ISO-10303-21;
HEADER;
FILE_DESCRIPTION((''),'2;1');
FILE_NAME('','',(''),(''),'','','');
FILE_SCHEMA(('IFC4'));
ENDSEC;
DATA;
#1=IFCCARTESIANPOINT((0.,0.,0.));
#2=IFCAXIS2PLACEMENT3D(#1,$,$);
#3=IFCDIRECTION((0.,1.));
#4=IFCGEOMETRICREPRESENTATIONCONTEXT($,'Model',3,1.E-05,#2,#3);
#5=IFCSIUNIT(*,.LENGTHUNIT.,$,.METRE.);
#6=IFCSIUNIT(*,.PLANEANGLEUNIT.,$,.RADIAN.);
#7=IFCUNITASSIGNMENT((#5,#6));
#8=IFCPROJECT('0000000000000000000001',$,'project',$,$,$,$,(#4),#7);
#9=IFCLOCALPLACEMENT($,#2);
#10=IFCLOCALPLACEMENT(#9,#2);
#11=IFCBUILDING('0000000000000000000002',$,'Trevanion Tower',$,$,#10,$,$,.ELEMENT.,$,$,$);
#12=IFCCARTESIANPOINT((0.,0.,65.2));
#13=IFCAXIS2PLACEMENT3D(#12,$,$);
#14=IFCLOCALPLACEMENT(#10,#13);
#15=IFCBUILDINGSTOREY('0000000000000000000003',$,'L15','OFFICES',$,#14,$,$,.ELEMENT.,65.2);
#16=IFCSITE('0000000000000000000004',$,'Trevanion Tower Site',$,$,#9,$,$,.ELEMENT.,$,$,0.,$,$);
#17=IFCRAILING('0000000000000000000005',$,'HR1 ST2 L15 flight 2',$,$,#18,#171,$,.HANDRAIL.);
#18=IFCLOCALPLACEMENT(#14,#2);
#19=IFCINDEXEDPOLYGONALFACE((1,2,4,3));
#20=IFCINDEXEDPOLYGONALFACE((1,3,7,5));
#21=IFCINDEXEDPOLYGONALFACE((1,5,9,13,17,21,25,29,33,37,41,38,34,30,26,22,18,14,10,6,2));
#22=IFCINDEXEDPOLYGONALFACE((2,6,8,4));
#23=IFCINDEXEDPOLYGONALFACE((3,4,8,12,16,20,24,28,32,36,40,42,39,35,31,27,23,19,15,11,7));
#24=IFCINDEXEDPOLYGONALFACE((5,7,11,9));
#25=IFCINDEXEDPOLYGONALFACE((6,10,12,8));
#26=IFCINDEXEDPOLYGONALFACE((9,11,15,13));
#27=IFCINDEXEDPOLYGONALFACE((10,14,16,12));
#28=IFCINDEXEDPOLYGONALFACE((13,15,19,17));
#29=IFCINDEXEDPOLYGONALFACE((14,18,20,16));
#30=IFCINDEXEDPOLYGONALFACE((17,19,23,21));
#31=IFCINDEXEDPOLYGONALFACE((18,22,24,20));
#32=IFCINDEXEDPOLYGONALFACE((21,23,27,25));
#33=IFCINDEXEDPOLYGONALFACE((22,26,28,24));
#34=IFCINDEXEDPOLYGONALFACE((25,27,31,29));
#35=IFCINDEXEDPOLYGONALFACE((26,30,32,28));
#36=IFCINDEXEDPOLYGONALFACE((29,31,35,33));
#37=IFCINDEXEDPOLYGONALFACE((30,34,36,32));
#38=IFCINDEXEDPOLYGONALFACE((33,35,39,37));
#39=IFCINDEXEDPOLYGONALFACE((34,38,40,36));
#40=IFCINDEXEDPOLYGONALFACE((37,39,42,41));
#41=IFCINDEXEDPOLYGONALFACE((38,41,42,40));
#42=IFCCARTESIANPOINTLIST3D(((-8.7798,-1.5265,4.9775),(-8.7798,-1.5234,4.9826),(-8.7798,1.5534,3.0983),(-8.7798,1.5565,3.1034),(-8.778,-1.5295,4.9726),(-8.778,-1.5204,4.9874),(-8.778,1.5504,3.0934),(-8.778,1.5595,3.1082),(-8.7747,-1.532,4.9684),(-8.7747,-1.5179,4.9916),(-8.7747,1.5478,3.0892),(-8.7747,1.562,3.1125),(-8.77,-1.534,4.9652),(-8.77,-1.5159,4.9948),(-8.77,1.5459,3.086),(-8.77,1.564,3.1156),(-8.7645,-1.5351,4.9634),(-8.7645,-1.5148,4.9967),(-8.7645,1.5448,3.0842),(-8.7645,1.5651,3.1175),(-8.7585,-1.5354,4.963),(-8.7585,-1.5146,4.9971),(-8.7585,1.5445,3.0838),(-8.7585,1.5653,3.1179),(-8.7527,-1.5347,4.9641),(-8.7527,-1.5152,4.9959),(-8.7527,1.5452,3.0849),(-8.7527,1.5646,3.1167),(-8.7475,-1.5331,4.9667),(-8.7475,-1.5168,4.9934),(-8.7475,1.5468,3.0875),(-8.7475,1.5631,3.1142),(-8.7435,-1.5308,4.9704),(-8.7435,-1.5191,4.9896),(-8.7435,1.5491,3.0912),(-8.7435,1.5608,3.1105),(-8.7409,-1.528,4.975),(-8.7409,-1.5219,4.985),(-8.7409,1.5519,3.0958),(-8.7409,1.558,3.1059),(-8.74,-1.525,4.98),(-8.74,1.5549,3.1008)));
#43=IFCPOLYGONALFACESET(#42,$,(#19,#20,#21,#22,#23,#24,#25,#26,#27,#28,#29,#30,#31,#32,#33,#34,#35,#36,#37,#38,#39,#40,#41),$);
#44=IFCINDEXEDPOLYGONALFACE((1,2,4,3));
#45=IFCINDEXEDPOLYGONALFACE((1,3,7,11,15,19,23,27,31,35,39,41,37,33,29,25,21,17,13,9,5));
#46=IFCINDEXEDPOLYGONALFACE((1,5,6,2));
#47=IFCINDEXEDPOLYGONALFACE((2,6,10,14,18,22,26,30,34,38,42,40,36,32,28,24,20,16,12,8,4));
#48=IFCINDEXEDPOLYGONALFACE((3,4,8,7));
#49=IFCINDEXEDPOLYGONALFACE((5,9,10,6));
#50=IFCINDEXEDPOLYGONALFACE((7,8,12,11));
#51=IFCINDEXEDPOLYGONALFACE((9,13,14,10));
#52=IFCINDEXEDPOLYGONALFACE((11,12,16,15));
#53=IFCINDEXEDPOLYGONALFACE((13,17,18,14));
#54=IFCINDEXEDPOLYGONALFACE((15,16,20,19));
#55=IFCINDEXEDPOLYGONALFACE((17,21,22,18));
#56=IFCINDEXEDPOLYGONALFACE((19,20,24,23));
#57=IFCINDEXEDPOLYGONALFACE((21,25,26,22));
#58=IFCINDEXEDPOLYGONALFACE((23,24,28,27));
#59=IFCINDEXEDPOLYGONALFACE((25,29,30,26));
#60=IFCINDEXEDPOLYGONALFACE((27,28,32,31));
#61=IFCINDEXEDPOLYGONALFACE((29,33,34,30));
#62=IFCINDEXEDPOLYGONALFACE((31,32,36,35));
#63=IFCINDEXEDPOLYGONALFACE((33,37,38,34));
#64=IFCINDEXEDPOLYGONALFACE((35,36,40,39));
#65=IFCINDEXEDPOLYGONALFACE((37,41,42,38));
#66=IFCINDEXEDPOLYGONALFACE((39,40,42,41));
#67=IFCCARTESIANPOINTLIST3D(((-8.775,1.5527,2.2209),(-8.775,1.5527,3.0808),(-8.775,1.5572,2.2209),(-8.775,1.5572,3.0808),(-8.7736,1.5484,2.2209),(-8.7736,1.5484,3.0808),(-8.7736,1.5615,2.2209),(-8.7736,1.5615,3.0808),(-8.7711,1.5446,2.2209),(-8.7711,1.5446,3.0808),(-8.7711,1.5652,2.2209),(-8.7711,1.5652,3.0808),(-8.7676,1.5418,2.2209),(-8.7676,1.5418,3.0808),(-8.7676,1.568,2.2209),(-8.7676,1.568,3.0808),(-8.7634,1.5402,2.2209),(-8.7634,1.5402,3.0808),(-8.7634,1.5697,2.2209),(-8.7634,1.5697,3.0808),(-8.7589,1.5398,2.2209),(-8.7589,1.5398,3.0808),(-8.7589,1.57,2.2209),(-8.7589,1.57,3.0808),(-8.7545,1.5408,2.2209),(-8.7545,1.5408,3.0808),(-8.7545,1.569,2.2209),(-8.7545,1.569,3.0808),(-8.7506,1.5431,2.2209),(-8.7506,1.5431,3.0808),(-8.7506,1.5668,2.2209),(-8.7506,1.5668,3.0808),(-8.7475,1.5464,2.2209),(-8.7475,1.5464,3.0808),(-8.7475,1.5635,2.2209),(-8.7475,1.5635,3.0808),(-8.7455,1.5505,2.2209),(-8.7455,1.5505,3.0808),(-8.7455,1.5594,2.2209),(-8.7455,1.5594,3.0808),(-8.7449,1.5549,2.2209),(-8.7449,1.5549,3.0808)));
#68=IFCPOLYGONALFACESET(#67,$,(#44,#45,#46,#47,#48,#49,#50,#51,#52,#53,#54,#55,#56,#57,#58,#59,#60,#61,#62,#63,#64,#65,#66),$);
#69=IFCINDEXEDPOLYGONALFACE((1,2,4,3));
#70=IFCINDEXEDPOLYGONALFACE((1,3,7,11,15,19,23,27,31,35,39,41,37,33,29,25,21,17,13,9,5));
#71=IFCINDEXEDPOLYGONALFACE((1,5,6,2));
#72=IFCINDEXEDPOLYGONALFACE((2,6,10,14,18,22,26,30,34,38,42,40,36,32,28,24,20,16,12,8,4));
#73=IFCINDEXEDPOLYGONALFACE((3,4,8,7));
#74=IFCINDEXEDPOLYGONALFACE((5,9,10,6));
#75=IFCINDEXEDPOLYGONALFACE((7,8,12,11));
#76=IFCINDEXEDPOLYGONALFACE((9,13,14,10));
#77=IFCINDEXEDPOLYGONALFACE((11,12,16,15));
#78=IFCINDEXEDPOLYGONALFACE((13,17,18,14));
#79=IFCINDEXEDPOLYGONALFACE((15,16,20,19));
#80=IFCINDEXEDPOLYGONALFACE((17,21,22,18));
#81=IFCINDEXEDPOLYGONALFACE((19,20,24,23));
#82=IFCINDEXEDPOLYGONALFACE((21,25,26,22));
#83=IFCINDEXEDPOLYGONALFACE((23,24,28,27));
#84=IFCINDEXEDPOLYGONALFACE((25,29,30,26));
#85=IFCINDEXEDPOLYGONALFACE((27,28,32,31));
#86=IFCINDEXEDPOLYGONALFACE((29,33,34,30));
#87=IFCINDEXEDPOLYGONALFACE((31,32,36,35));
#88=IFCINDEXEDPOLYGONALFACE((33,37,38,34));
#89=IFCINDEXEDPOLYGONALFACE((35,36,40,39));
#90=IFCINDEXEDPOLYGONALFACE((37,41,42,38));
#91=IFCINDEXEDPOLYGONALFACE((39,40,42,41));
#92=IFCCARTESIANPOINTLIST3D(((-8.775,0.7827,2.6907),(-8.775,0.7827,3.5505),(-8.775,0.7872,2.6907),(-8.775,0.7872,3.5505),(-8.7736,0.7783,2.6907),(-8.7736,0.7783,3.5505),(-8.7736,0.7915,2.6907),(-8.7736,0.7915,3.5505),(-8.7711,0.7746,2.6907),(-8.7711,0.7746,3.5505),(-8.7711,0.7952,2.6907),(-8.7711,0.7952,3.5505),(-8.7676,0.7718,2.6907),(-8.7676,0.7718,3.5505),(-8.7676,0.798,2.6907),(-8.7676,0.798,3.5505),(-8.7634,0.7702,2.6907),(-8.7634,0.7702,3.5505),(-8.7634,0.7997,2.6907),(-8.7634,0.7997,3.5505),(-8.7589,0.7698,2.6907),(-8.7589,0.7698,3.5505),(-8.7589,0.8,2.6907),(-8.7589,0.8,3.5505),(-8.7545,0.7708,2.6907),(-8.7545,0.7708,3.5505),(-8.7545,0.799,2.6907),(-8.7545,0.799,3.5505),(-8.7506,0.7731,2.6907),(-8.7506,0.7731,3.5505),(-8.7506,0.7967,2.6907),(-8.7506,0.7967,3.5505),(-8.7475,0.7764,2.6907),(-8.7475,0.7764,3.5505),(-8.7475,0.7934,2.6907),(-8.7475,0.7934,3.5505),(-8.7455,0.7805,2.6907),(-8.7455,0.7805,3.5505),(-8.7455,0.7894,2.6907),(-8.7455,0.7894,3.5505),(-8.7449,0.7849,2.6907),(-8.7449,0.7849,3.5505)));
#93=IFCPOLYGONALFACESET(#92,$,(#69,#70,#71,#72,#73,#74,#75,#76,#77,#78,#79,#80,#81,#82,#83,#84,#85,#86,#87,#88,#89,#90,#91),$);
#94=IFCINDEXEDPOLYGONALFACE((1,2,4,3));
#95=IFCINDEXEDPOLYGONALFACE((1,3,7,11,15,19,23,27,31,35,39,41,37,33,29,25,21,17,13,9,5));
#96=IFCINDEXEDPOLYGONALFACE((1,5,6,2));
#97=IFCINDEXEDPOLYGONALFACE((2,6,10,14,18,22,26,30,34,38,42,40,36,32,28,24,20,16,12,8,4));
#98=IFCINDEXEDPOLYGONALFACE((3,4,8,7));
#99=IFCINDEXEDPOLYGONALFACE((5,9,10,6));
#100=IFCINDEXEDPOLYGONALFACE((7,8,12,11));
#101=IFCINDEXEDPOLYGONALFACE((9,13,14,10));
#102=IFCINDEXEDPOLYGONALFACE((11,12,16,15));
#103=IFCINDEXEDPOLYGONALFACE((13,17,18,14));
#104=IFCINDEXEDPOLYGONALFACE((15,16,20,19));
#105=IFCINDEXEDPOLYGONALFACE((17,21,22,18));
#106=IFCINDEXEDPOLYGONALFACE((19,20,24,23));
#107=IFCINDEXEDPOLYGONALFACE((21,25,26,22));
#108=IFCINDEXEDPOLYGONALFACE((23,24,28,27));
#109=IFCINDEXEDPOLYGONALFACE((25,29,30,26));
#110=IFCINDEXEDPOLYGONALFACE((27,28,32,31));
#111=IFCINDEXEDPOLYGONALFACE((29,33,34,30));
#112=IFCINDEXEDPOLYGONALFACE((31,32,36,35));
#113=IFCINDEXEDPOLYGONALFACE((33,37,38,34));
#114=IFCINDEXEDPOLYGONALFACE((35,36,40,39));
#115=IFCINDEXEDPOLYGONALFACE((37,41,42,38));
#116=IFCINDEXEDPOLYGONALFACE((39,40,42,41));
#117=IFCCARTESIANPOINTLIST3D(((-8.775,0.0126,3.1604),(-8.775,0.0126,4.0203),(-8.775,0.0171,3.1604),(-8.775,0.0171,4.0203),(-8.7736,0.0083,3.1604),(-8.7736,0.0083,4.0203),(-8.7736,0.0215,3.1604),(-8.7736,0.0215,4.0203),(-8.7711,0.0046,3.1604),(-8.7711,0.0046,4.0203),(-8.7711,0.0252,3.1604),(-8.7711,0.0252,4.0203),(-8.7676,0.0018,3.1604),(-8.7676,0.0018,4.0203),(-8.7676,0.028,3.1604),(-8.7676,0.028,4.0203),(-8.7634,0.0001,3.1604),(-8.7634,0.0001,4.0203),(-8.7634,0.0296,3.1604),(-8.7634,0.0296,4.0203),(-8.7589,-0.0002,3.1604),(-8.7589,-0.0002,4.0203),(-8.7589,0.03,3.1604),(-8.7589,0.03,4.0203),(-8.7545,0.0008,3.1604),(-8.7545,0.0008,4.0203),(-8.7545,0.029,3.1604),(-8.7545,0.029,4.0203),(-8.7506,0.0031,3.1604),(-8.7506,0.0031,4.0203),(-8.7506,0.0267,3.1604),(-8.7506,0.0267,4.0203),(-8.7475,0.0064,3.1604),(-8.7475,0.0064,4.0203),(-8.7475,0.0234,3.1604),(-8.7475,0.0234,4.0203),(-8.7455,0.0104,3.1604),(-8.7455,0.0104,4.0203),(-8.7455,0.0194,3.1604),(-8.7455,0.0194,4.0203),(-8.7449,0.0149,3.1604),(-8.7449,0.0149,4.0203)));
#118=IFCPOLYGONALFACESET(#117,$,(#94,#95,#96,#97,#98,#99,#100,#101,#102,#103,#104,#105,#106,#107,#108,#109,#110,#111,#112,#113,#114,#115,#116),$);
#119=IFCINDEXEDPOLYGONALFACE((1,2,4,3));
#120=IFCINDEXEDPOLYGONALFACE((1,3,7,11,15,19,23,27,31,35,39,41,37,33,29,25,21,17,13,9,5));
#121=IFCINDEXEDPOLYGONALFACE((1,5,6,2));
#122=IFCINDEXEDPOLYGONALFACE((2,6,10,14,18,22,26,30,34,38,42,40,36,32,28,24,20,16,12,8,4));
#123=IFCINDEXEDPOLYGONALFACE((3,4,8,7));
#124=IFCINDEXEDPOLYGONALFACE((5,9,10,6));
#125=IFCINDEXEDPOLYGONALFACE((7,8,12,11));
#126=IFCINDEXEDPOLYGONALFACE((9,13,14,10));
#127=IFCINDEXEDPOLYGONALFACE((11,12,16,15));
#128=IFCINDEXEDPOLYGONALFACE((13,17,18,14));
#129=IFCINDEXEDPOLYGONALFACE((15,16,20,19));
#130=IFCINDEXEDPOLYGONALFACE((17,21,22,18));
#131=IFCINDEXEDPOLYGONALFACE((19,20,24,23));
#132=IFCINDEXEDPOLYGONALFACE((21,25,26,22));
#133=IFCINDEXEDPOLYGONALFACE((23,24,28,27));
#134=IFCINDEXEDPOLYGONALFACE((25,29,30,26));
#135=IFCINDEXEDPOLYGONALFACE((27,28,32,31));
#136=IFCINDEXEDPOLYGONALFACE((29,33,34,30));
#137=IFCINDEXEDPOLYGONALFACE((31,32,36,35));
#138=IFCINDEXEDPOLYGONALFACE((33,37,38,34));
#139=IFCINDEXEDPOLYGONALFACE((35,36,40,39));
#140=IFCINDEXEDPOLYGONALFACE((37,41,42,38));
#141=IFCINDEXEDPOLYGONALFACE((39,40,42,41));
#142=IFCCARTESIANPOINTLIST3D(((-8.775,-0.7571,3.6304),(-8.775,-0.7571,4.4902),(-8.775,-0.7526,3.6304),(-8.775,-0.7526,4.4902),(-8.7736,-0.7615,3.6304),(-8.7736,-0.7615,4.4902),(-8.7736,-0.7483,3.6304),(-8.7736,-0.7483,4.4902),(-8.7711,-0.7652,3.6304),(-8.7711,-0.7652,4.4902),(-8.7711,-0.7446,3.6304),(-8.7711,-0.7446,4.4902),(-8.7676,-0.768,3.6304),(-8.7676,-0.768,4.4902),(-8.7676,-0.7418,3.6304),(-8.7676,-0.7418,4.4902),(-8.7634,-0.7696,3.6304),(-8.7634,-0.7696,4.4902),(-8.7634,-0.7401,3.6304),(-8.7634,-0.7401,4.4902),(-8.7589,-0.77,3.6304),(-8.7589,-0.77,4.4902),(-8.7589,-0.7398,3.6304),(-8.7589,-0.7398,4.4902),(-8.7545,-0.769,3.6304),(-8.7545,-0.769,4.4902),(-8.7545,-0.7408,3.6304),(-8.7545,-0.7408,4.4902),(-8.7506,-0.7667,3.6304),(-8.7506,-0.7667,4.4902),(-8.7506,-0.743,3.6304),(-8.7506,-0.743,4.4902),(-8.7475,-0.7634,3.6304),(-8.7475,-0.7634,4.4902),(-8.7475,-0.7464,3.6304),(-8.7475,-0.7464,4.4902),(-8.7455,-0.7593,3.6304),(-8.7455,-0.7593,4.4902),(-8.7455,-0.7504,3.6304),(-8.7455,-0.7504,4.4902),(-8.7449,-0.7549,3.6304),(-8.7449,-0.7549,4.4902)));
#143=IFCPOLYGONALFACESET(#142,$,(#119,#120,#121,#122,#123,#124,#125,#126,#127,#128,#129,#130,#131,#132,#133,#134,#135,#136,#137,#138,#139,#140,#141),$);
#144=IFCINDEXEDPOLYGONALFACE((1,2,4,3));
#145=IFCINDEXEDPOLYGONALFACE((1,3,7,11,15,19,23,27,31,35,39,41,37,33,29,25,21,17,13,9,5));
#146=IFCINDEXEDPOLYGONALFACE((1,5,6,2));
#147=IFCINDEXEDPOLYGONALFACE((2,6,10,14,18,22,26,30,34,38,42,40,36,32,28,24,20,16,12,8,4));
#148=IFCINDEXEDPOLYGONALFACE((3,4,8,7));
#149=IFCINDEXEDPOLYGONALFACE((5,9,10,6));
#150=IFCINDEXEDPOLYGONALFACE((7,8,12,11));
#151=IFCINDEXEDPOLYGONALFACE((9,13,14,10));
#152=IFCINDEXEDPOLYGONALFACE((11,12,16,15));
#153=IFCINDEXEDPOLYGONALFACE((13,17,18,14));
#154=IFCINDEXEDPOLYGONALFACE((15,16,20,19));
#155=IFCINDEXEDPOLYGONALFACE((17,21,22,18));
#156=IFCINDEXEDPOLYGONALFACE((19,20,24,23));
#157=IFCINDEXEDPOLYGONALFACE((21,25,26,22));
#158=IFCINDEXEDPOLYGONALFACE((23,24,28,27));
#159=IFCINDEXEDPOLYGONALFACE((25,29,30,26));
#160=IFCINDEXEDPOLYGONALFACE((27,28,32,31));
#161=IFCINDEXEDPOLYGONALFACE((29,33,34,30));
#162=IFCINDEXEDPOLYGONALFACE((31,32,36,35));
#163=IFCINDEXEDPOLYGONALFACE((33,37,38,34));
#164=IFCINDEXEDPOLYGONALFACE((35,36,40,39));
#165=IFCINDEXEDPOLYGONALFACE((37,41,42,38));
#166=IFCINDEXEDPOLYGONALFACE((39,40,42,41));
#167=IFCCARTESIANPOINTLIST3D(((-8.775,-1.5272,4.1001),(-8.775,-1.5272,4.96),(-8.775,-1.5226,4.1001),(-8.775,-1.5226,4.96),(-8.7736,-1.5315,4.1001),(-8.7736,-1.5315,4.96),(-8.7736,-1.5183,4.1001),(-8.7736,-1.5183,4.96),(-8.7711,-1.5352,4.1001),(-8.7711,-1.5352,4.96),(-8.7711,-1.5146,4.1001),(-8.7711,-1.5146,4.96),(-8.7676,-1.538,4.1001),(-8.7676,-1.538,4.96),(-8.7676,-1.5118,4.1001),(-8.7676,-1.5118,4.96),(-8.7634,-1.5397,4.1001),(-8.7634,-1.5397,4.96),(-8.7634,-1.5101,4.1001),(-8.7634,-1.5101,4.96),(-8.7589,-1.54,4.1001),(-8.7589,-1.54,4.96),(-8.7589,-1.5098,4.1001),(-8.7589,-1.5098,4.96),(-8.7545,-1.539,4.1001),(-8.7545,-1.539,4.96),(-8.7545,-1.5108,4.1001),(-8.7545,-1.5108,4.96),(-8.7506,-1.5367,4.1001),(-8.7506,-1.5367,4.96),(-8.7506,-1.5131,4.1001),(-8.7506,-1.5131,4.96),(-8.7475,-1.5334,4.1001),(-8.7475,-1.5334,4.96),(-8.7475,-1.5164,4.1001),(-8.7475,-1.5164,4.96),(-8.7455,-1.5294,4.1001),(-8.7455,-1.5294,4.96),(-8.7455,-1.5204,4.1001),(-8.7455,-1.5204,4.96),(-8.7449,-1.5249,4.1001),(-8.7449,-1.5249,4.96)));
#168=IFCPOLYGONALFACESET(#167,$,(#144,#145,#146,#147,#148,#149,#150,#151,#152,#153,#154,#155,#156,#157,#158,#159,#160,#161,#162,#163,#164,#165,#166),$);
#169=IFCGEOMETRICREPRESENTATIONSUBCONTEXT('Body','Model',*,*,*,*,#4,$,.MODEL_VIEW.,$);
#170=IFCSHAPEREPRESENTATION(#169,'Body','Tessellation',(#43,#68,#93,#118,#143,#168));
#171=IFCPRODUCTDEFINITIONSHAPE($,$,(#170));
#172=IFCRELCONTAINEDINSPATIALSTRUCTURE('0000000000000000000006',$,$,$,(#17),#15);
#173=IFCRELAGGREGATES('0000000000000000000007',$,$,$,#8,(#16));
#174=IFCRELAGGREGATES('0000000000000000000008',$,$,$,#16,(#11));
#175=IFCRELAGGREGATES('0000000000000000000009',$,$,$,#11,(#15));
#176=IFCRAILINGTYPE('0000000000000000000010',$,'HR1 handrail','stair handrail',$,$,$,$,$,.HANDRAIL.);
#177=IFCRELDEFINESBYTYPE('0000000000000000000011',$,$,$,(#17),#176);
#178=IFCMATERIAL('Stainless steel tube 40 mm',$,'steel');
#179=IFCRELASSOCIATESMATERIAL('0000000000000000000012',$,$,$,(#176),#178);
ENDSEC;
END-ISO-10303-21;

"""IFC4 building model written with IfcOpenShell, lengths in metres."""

from ifc_helpers import new_model, si_unit, direction, frame, origin, origin_2d, place, context, subcontext, project, spatial, circle, extrude, material, type_object, element, save


model = new_model("IFC4")

# Units and contexts
model_context = context("Model", 3, precision=1e-05, world=origin(), true_north=direction((0.0, 1.0)))
body_context = subcontext(model_context, "Body", "Model", "MODEL_VIEW")
ifc_project = project(units=[si_unit("LENGTHUNIT", "METRE"), si_unit("PLANEANGLEUNIT", "RADIAN")], contexts=[model_context])

# Site, building, storey
site_placement = place(None, origin())
site = spatial("IfcSite", under=ifc_project, at=site_placement, Name="Trevanion Tower Site", CompositionType="ELEMENT", RefElevation=0.0)
building_placement = place(site_placement, origin())
building = spatial("IfcBuilding", under=site, at=building_placement, Name="Trevanion Tower", CompositionType="ELEMENT")
storey_placement = place(building_placement, frame((0.0, 0.0, 65.2)))
storey = spatial("IfcBuildingStorey", under=building, at=storey_placement, Name="L15", Description="OFFICES", CompositionType="ELEMENT", Elevation=65.2)

# Railing
ifc_material_1 = material(Name="Stainless steel tube 40 mm", Category="steel")
railing_type = type_object("IfcRailingType", Name="HR1 handrail", Description="stair handrail", PredefinedType="HANDRAIL", material=ifc_material_1)
for number, where, name in (
    (1, (-8.76, 1.5549, 2.2209), "HR1 ST2 L15 flight 2"),
):
    element("IfcRailing", number, at=place(storey_placement, frame(where)), inside=storey, type_object=railing_type, Name=name, PredefinedType="HANDRAIL", context=body_context, shape_type="SweptSolid", body=[
        extrude(circle(Radius=0.02, at=origin_2d()), frame((0.0, 0.0, 0.8799), z_axis=(0.0, -0.853648, 0.52085), x_axis=(1.0, 0.0, 0.0)), (0.0, 0.0, 1.0), 3.6079),
        extrude(circle(Radius=0.0151, at=origin_2d()), origin(), (0.0, 0.0, 1.0), 0.8599),
        extrude(circle(Radius=0.0151, at=origin_2d()), frame((0.0, -0.77, 0.4697)), (0.0, 0.0, 1.0), 0.8599),
        extrude(circle(Radius=0.0151, at=origin_2d()), frame((0.0, -1.54, 0.9395)), (0.0, 0.0, 1.0), 0.8599),
        extrude(circle(Radius=0.0151, at=origin_2d()), frame((0.0, -2.3098, 1.4094)), (0.0, 0.0, 1.0), 0.8599),
        extrude(circle(Radius=0.0151, at=origin_2d()), frame((0.0, -3.0798, 1.8792)), (0.0, 0.0, 1.0), 0.8599),
    ])

save(model, "model.ifc")
